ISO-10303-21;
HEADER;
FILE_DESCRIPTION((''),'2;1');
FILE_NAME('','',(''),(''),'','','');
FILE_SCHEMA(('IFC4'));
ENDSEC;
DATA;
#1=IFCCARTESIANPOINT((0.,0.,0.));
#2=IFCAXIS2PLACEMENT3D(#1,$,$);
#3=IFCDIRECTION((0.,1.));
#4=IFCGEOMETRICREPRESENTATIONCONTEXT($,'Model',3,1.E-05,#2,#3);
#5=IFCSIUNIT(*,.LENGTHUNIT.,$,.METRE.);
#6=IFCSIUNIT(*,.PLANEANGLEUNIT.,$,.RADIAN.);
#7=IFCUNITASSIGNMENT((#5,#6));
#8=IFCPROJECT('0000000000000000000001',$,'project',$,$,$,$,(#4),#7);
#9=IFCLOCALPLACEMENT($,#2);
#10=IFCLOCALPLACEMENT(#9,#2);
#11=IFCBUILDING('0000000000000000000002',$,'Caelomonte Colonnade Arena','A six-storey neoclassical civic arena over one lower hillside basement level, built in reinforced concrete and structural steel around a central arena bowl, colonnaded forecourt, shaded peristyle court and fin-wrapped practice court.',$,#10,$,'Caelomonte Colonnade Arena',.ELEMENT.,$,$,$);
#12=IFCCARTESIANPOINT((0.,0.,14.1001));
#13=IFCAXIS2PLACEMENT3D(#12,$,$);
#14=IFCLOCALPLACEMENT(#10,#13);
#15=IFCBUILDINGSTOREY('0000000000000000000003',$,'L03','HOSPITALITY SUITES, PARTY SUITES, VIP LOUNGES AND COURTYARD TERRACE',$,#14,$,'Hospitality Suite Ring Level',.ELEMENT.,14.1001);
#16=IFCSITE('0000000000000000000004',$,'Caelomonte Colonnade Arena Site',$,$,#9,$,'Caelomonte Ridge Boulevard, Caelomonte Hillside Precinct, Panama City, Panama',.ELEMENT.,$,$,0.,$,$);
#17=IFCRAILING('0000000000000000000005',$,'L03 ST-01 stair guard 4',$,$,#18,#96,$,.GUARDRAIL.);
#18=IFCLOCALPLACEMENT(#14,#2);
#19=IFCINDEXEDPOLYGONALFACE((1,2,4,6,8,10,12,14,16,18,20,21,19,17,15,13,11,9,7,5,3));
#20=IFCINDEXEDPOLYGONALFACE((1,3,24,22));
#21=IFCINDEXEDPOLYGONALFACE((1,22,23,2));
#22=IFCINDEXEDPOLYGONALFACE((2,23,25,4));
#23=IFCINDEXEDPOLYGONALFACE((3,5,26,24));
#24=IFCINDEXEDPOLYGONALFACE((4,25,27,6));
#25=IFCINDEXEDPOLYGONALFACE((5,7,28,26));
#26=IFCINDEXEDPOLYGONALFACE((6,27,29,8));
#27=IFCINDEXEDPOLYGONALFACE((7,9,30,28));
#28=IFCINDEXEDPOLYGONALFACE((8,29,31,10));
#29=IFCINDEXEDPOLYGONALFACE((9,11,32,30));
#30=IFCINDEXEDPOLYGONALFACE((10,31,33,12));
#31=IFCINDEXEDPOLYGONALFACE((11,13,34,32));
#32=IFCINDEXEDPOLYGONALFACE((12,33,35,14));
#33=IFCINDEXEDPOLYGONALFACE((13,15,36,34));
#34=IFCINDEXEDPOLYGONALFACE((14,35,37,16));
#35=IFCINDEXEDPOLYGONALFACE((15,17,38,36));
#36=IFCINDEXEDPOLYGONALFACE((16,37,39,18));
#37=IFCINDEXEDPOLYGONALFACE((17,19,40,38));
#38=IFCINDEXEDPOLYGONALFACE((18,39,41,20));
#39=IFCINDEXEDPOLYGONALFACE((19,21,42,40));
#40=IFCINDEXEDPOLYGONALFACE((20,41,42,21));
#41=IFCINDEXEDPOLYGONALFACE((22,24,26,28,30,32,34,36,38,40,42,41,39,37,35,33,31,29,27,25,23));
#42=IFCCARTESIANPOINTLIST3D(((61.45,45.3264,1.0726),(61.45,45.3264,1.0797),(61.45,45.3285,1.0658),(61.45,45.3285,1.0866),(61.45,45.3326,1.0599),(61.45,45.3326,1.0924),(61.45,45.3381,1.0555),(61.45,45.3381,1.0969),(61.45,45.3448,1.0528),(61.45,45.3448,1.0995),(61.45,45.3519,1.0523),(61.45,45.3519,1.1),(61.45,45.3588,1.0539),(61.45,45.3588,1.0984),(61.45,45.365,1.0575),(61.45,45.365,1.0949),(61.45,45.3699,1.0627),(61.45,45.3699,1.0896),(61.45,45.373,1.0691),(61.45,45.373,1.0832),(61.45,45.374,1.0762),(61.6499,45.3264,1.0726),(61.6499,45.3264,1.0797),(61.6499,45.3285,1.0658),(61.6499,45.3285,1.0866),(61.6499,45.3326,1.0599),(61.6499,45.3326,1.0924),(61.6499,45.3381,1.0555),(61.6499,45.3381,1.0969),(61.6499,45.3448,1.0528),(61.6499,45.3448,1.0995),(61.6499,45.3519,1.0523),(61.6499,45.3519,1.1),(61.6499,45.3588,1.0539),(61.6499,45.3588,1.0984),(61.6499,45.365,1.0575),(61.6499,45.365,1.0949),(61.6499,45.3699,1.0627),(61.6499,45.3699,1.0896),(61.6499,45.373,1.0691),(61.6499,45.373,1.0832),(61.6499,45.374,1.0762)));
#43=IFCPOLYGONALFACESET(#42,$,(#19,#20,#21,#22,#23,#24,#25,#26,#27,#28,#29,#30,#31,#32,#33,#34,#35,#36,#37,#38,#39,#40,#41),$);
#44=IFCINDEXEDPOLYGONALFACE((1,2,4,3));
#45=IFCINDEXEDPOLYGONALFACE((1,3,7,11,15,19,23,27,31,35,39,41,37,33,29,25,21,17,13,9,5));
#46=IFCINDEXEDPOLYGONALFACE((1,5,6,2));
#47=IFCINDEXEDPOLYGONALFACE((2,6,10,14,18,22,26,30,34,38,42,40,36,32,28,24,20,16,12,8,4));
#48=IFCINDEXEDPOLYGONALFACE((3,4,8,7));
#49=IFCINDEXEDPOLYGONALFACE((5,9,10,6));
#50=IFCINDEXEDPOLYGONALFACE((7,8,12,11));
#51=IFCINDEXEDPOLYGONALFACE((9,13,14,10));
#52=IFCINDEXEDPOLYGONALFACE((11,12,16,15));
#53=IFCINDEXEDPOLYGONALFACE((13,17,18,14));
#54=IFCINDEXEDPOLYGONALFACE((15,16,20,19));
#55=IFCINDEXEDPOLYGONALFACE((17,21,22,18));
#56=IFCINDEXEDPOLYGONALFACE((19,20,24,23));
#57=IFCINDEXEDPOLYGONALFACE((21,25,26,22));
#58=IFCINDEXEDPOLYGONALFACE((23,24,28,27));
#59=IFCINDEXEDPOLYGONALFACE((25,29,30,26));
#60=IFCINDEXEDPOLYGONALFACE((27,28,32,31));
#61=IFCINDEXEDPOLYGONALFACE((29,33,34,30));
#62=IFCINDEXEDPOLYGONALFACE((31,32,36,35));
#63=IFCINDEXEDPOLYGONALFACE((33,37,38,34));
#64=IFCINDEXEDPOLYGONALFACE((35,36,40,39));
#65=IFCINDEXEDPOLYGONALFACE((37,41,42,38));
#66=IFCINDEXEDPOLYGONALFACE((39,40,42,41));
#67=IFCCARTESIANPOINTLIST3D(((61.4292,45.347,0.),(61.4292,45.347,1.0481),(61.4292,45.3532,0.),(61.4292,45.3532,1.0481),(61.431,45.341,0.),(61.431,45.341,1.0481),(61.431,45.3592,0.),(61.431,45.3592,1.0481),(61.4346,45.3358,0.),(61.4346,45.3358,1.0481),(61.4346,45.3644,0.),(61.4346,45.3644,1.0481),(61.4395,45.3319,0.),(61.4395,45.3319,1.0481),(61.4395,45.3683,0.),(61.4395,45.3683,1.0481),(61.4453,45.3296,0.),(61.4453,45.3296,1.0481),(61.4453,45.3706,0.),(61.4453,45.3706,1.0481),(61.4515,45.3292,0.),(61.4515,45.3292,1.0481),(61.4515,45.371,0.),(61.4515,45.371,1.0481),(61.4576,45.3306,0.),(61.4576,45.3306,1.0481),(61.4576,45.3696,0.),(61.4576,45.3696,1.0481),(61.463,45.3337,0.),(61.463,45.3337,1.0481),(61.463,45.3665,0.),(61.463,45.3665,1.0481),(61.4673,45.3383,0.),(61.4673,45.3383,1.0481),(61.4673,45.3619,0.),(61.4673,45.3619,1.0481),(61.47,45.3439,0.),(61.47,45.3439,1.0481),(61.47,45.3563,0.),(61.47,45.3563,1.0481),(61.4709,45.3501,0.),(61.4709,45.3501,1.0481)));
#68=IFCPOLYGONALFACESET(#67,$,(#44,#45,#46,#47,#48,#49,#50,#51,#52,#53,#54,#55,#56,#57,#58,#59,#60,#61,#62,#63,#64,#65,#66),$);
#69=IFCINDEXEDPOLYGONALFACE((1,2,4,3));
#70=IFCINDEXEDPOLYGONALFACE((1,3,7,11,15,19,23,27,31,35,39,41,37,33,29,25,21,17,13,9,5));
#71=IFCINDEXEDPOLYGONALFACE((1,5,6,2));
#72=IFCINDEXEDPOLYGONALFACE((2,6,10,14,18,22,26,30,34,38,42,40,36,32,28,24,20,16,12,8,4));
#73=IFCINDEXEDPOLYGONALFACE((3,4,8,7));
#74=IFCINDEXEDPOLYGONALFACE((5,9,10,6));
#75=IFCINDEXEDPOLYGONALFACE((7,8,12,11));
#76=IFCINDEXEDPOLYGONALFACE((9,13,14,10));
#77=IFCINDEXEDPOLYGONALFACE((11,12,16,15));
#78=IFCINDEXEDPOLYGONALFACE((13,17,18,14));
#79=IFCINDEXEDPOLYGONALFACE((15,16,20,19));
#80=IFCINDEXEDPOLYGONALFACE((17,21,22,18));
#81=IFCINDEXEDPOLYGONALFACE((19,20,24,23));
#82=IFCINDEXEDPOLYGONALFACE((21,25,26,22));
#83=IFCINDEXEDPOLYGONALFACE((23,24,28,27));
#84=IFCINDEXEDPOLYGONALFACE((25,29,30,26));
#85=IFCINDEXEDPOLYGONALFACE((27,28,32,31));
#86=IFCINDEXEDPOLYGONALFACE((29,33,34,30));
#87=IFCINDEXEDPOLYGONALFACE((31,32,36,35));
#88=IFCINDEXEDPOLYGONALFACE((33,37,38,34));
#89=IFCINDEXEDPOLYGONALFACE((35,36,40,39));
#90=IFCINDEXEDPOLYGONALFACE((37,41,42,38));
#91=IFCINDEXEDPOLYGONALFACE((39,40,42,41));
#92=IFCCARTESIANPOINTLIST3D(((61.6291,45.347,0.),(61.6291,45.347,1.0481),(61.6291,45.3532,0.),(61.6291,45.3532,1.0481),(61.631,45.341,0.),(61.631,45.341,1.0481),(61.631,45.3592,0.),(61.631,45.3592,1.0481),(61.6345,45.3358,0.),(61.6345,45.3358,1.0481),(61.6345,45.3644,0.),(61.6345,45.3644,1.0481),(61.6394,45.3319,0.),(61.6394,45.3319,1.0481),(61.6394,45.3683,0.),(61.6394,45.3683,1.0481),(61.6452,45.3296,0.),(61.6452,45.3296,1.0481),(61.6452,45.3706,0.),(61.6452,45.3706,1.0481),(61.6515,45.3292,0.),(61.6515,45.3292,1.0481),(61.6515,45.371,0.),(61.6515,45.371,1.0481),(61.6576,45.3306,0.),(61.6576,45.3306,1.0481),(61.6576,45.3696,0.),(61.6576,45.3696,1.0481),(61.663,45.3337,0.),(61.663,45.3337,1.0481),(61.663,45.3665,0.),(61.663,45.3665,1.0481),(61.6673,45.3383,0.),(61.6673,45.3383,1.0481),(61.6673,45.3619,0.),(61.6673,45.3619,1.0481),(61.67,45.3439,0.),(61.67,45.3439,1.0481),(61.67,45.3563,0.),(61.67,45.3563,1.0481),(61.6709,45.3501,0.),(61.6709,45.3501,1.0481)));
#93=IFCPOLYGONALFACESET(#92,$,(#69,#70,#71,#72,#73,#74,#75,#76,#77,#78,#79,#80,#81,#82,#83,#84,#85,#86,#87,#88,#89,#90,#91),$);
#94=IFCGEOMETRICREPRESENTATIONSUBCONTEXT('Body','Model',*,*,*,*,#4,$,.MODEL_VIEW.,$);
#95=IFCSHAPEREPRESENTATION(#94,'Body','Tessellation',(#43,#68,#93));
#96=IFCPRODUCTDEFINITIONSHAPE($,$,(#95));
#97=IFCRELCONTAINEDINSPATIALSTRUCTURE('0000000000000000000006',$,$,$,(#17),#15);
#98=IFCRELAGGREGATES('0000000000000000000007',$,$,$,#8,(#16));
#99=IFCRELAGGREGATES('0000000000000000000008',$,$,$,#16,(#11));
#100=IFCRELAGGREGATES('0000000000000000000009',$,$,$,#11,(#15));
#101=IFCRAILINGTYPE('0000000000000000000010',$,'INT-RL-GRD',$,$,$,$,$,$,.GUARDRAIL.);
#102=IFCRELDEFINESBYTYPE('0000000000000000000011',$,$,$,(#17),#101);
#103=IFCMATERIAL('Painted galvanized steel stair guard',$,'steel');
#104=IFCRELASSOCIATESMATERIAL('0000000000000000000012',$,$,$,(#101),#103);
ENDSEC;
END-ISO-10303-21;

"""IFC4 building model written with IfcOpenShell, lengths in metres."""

from ifc_helpers import new_model, si_unit, direction, frame, origin, origin_2d, place, context, subcontext, project, spatial, circle, extrude, material, type_object, element, save


model = new_model("IFC4")

# Units and contexts
model_context = context("Model", 3, precision=1e-05, world=origin(), true_north=direction((0.0, 1.0)))
body_context = subcontext(model_context, "Body", "Model", "MODEL_VIEW")
ifc_project = project(units=[si_unit("LENGTHUNIT", "METRE"), si_unit("PLANEANGLEUNIT", "RADIAN")], contexts=[model_context])

# Site, building, storey
site_placement = place(None, origin())
site = spatial("IfcSite", under=ifc_project, at=site_placement, Name="Caelomonte Colonnade Arena Site", LongName="Caelomonte Ridge Boulevard, Caelomonte Hillside Precinct, Panama City, Panama", CompositionType="ELEMENT", RefElevation=0.0)
building_placement = place(site_placement, origin())
building = spatial("IfcBuilding", under=site, at=building_placement, Name="Caelomonte Colonnade Arena", Description="A six-storey neoclassical civic arena over one lower hillside basement level, built in reinforced concrete and structural steel around a central arena bowl, colonnaded forecourt, shaded peristyle court and fin-wrapped practice court.", LongName="Caelomonte Colonnade Arena", CompositionType="ELEMENT")
storey_placement = place(building_placement, frame((0.0, 0.0, 14.1001)))
storey = spatial("IfcBuildingStorey", under=building, at=storey_placement, Name="L03", Description="HOSPITALITY SUITES, PARTY SUITES, VIP LOUNGES AND COURTYARD TERRACE", LongName="Hospitality Suite Ring Level", CompositionType="ELEMENT", Elevation=14.1001)

# Railing
ifc_material_1 = material(Name="Painted galvanized steel stair guard", Category="steel")
railing_type = type_object("IfcRailingType", Name="INT-RL-GRD", PredefinedType="GUARDRAIL", material=ifc_material_1)
railing_1_placement = place(storey_placement, frame((61.45, 45.3501, 0.0)))
element("IfcRailing", 1, at=railing_1_placement, inside=storey, type_object=railing_type, Name="L03 ST-01 stair guard 4", PredefinedType="GUARDRAIL", context=body_context, shape_type="SweptSolid", body=[
    extrude(circle(Radius=0.0239, at=origin_2d()), frame((0.0, 0.0, 1.0762), z_axis=(1.0, 0.0, 0.0), x_axis=(0.0, 1.0, 0.0)), (0.0, 0.0, 1.0), 0.2),
    extrude(circle(Radius=0.021, at=origin_2d()), origin(), (0.0, 0.0, 1.0), 1.0481),
    extrude(circle(Radius=0.021, at=origin_2d()), frame((0.2, 0.0, 0.0)), (0.0, 0.0, 1.0), 1.0481),
])

save(model, "model.ifc")
